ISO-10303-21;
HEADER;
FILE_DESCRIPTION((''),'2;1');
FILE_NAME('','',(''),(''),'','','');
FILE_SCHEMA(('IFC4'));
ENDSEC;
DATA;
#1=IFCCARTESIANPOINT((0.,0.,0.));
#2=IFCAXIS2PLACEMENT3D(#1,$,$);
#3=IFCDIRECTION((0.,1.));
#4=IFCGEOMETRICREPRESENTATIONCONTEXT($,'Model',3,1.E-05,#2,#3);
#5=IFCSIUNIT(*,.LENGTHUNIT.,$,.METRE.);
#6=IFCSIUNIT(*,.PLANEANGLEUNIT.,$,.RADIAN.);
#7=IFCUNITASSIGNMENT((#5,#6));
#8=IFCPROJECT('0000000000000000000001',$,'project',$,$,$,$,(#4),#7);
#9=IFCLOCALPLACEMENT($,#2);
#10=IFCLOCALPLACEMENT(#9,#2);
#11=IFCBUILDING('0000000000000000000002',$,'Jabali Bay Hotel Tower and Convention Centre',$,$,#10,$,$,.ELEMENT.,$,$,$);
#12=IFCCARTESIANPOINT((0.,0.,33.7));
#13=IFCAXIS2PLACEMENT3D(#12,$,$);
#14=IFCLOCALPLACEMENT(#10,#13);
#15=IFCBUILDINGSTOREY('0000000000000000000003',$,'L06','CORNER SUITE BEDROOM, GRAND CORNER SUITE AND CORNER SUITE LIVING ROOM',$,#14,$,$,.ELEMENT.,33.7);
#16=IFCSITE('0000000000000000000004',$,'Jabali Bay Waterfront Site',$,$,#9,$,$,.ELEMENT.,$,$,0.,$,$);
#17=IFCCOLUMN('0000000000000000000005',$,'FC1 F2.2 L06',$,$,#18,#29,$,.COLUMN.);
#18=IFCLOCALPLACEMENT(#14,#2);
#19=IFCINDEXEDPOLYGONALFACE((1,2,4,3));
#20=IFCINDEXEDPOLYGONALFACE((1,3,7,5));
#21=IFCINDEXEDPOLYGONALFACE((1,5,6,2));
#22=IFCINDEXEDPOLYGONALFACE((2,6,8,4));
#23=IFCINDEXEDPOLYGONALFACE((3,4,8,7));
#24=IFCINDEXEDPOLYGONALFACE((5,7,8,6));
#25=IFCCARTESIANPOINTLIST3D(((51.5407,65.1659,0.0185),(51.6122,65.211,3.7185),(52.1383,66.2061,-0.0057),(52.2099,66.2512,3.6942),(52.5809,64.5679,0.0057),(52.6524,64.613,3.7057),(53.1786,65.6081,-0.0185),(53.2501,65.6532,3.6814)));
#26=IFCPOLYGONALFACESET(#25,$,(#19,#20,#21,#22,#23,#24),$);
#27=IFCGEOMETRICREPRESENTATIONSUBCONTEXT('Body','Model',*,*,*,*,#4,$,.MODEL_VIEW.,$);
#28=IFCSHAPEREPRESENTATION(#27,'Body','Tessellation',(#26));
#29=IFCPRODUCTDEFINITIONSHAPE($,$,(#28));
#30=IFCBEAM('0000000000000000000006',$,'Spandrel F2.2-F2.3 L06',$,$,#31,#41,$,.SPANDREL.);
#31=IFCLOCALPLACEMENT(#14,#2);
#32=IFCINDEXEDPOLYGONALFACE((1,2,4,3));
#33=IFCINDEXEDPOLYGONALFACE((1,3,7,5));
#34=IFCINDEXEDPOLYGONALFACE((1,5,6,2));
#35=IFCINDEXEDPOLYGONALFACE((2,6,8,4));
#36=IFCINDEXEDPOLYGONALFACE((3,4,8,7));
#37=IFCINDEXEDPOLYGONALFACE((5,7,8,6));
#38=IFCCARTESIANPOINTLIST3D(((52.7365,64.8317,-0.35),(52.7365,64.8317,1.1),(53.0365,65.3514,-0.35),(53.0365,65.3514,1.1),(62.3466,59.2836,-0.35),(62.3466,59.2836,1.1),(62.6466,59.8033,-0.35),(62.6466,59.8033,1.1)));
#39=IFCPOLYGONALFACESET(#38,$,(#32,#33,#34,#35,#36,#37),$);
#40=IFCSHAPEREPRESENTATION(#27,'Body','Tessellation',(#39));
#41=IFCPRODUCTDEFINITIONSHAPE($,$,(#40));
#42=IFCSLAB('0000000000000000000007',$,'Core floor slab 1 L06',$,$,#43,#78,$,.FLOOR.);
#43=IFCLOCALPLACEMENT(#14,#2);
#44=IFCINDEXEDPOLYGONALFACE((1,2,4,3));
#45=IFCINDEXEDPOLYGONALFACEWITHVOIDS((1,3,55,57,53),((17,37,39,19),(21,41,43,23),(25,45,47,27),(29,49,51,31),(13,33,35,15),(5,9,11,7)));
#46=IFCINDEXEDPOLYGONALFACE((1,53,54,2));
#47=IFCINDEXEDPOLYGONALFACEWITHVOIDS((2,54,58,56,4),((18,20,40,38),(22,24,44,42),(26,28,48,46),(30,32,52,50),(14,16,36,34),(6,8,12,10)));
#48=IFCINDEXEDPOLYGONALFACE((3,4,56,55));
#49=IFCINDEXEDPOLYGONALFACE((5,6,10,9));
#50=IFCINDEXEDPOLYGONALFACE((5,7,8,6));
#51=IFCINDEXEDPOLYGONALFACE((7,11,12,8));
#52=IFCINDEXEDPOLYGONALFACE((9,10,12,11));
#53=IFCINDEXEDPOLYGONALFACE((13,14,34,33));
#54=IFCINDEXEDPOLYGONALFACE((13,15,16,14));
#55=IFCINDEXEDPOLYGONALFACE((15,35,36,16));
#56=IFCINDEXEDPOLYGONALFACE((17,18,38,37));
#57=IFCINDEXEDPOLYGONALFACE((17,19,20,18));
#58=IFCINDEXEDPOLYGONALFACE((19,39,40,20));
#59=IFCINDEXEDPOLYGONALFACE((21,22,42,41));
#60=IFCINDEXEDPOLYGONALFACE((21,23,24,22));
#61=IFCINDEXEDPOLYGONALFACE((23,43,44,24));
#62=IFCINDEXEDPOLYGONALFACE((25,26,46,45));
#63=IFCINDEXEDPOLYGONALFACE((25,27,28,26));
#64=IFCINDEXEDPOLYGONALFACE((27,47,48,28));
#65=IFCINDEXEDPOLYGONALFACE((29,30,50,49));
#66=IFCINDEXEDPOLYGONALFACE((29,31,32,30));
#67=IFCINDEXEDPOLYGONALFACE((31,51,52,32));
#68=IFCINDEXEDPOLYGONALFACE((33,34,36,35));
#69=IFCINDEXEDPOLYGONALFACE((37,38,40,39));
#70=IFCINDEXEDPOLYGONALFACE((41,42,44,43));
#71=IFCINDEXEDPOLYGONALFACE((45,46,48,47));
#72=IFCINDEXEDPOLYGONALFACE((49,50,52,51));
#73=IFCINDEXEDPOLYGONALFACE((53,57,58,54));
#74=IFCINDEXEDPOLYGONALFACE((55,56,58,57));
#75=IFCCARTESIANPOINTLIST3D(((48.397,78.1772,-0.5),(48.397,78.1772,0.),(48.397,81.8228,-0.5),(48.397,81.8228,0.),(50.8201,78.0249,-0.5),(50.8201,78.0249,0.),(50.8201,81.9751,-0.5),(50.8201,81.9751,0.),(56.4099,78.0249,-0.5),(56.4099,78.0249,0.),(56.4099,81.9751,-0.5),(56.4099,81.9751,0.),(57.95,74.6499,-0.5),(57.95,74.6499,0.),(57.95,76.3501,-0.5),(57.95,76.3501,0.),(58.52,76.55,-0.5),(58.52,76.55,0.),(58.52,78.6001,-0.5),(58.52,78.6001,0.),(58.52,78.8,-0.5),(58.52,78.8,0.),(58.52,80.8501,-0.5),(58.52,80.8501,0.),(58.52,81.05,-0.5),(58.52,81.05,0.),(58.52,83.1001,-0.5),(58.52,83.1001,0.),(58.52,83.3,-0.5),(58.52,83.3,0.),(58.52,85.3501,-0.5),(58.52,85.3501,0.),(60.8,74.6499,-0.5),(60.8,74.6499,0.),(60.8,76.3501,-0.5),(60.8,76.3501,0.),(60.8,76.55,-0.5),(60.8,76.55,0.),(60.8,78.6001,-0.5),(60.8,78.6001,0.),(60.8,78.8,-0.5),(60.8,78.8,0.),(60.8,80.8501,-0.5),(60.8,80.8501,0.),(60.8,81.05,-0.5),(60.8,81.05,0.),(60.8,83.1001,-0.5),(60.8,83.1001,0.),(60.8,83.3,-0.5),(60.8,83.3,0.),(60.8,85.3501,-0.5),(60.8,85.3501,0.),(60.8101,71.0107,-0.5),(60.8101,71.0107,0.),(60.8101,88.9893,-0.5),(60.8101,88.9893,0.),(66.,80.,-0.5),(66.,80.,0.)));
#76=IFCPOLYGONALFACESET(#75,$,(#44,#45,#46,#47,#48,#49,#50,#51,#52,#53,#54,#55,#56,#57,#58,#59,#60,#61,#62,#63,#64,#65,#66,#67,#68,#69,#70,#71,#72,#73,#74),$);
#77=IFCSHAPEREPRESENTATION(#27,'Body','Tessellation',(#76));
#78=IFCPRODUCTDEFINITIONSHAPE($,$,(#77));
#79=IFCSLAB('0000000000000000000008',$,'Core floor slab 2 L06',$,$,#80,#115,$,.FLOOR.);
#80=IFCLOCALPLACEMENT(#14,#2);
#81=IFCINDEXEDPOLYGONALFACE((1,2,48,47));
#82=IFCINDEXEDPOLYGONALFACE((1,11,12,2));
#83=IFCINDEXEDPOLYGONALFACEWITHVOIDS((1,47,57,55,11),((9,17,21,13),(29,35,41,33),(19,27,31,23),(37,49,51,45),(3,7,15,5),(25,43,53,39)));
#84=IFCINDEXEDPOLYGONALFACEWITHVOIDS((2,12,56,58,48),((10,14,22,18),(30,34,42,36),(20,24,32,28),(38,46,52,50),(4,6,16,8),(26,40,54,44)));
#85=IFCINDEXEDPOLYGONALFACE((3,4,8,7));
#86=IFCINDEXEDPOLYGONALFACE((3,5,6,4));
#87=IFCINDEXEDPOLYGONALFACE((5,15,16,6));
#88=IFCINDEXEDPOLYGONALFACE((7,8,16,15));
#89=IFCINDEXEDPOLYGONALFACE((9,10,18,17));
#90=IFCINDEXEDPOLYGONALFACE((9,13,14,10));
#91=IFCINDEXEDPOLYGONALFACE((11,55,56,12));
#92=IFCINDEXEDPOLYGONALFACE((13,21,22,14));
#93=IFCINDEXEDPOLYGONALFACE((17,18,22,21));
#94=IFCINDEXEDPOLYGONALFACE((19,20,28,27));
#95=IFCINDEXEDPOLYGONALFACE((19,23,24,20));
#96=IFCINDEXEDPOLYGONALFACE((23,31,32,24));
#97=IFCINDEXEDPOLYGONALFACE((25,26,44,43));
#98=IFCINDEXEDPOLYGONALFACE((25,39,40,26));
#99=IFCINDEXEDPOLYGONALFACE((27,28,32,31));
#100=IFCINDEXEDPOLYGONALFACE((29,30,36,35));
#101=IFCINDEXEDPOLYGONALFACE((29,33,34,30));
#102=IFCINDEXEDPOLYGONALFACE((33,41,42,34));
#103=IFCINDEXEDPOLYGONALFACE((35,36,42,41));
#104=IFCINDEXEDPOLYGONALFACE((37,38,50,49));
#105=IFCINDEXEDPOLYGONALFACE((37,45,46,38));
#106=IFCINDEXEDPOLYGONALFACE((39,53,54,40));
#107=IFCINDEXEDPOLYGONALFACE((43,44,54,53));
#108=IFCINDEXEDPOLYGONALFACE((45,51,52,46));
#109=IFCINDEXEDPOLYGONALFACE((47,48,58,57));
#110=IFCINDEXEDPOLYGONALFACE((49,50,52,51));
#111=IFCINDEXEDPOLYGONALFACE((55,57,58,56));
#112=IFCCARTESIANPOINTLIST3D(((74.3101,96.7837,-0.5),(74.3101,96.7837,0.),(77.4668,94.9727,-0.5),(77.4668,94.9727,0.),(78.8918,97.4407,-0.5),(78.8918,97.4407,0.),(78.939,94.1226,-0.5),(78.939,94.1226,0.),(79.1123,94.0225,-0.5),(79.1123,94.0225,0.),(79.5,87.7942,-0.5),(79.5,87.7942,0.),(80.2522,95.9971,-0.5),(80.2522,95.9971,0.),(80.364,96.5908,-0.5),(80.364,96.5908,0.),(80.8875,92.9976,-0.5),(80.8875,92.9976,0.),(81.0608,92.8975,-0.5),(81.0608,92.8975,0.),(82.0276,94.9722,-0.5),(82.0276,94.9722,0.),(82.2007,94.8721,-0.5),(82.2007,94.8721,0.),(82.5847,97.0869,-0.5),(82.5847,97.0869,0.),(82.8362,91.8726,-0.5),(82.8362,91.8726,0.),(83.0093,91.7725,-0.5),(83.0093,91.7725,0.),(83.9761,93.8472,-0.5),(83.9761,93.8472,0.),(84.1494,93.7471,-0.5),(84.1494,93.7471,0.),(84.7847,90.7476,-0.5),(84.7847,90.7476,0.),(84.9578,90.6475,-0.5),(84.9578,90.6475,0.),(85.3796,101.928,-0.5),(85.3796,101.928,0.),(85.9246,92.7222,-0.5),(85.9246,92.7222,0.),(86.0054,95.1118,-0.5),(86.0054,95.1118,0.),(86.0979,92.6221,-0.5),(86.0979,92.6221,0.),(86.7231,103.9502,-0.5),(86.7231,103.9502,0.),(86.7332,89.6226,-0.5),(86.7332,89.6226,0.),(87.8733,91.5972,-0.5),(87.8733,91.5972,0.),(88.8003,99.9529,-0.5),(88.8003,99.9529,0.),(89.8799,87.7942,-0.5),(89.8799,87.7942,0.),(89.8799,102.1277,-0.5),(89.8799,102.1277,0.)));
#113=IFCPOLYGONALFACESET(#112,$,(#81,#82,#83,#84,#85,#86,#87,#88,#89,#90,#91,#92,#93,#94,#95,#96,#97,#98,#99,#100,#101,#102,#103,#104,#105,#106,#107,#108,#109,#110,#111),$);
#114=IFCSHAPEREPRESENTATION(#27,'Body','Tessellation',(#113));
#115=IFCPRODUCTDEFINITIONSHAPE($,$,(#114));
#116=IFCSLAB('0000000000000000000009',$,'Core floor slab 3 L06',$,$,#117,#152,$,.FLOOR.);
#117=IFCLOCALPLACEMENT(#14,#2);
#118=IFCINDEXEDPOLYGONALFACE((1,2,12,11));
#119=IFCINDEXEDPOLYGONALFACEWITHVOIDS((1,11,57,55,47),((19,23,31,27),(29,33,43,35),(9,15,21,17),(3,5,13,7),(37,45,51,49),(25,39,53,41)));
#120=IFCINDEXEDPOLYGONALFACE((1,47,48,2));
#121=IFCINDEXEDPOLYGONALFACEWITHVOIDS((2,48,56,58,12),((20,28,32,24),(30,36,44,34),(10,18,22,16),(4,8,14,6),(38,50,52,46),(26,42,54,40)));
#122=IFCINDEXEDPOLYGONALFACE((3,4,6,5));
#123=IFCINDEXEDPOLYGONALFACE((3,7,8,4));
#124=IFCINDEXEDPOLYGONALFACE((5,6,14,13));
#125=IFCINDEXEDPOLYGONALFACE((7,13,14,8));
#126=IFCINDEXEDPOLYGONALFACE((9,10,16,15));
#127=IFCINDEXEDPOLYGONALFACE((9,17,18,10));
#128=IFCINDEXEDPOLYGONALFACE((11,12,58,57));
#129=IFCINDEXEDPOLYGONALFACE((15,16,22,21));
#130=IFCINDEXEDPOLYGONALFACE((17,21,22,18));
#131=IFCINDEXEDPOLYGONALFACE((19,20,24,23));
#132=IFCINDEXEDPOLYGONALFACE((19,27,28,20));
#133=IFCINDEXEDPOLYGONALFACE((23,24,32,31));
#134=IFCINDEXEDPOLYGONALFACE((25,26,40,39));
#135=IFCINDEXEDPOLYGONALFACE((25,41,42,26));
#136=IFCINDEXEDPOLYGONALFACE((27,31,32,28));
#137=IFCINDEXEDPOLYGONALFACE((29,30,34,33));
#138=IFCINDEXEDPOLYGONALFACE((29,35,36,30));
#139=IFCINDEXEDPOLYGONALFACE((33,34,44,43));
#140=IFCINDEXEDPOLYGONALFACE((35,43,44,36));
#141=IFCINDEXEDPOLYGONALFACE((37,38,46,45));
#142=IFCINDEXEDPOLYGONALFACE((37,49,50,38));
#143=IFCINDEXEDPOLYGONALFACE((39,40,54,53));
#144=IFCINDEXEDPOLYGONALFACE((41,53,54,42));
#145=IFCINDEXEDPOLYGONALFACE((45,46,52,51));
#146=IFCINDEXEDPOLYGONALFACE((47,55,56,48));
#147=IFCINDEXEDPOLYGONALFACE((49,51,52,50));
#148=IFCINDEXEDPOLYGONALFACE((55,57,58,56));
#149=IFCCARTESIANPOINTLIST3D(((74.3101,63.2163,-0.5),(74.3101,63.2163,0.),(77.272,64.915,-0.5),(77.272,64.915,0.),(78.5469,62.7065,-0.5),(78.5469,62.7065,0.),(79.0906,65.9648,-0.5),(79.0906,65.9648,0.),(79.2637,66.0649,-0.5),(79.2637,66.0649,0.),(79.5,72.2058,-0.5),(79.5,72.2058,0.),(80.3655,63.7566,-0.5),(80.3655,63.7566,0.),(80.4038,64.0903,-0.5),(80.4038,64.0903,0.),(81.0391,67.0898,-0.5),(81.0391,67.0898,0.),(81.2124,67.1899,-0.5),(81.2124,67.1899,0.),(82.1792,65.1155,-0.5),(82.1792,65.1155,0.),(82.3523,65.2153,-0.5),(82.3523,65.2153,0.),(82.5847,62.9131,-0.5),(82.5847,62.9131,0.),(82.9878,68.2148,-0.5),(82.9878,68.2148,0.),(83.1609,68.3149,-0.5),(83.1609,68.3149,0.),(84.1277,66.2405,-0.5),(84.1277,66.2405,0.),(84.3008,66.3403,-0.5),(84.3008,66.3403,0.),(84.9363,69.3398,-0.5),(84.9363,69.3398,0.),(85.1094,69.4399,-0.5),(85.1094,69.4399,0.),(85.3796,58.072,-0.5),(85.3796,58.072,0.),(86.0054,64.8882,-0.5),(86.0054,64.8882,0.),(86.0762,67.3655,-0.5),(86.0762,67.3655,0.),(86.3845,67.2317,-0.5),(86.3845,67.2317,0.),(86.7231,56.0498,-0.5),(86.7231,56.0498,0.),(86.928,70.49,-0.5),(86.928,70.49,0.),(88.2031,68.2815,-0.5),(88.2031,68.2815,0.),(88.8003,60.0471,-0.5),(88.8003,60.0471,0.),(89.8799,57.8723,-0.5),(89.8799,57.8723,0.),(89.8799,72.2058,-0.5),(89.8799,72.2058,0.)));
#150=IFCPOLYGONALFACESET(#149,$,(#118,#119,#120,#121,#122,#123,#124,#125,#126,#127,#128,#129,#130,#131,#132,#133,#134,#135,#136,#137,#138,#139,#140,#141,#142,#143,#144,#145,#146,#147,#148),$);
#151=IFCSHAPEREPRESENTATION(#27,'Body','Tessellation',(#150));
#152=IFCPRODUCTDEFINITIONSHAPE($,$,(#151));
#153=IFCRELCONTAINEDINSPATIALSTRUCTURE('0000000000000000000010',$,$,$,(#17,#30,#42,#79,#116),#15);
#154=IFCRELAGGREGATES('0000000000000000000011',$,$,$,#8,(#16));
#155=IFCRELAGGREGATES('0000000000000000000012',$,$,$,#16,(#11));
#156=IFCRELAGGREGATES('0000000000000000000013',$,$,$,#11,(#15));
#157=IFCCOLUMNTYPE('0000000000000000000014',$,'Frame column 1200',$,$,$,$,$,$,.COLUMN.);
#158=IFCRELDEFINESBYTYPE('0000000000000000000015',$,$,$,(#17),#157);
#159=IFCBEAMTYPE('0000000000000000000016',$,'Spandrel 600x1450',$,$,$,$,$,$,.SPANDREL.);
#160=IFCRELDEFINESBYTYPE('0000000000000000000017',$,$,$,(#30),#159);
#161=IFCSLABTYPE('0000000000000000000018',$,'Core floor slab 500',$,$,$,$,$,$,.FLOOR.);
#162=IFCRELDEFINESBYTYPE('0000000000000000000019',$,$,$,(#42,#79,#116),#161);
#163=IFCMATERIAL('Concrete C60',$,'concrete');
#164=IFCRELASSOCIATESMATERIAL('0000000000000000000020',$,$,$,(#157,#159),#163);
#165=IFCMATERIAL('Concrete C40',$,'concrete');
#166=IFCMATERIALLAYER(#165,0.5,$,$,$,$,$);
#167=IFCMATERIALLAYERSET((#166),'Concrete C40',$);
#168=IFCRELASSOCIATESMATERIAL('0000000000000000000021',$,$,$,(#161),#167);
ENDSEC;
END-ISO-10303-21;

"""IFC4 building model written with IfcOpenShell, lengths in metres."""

from ifc_helpers import new_model, si_unit, direction, frame, origin, origin_2d, place, context, subcontext, project, spatial, polyline, rectangle, outline, extrude, material, layer, layer_set, material_profile, profile_set, type_object, element, save


model = new_model("IFC4")

# Units and contexts
model_context = context("Model", 3, precision=1e-05, world=origin(), true_north=direction((0.0, 1.0)))
body_context = subcontext(model_context, "Body", "Model", "MODEL_VIEW")
ifc_project = project(units=[si_unit("LENGTHUNIT", "METRE"), si_unit("PLANEANGLEUNIT", "RADIAN")], contexts=[model_context])

# Site, building, storey
site_placement = place(None, origin())
site = spatial("IfcSite", under=ifc_project, at=site_placement, Name="Jabali Bay Waterfront Site", CompositionType="ELEMENT", RefElevation=0.0)
building_placement = place(site_placement, origin())
building = spatial("IfcBuilding", under=site, at=building_placement, Name="Jabali Bay Hotel Tower and Convention Centre", CompositionType="ELEMENT")
storey_placement = place(building_placement, frame((0.0, 0.0, 33.7)))
storey = spatial("IfcBuildingStorey", under=building, at=storey_placement, Name="L06", Description="CORNER SUITE BEDROOM, GRAND CORNER SUITE AND CORNER SUITE LIVING ROOM", CompositionType="ELEMENT", Elevation=33.7)

# Column
ifc_material_1 = material(Name="Concrete C60", Category="concrete")
ifc_material_profile_1 = material_profile(ifc_material_1, rectangle(XDim=1.2, YDim=1.2, at=origin_2d()), Name="Frame column 1200")
ifc_profile_set_1 = profile_set([ifc_material_profile_1], Name="Concrete C60")
column_type = type_object("IfcColumnType", Name="Frame column 1200", PredefinedType="COLUMN", material=ifc_profile_set_1)
column_placement = place(storey_placement, frame((52.3596, 65.387, 0.0), z_axis=(0.019329, 0.012204, 0.999739), x_axis=(-0.866906, 0.498357, 0.010677)))
element("IfcColumn", 1, at=column_placement, inside=storey, type_object=column_type, Name="FC1 F2.2 L06", PredefinedType="COLUMN", context=body_context, shape_type="SweptSolid", body=[
    extrude(rectangle(XDim=1.2, YDim=1.2, at=origin_2d()), origin(), (0.0, 0.0, 1.0), 3.7009),
])

# Beam
ifc_material_profile_2 = material_profile(ifc_material_1, rectangle(XDim=0.6001, YDim=1.45, at=origin_2d()), Name="Spandrel 600x1450")
ifc_profile_set_2 = profile_set([ifc_material_profile_2], Name="Concrete C60")
beam_type = type_object("IfcBeamType", Name="Spandrel 600x1450", PredefinedType="SPANDREL", material=ifc_profile_set_2)
beam_placement = place(storey_placement, frame((52.8865, 65.0916, 0.375), z_axis=(0.866037, -0.49998, 0.0), x_axis=(0.49998, 0.866037, 0.0)))
element("IfcBeam", 2, at=beam_placement, inside=storey, type_object=beam_type, Name="Spandrel F2.2-F2.3 L06", PredefinedType="SPANDREL", context=body_context, shape_type="SweptSolid", body=[
    extrude(rectangle(XDim=0.6001, YDim=1.45, at=origin_2d()), origin(), (0.0, 0.0, 1.0), 11.0967),
])

# Slabs
ifc_material_2 = material(Name="Concrete C40", Category="concrete")
ifc_layer_1 = layer(ifc_material_2, 0.5)
ifc_layer_set_1 = layer_set([ifc_layer_1], Name="Concrete C40")
slab_type_1 = type_object("IfcSlabType", Name="Core floor slab 500", PredefinedType="FLOOR", material=ifc_layer_set_1)
slab_1_placement = place(storey_placement, frame((0.0, 0.0, -0.5)))
element("IfcSlab", 3, at=slab_1_placement, inside=storey, type_object=slab_type_1, Name="Core floor slab 1 L06", PredefinedType="FLOOR", context=body_context, shape_type="SweptSolid", body=[
    extrude(outline(polyline([(66.0, 80.0), (60.8101, 88.9893), (48.397, 81.8228), (48.397, 78.1772), (60.8101, 71.0107), (66.0, 80.0)]), holes=[polyline([(60.8, 74.6499), (60.8, 76.3501), (57.95, 76.3501), (57.95, 74.6499), (60.8, 74.6499)]), polyline([(58.52, 76.55), (60.8, 76.55), (60.8, 78.6001), (58.52, 78.6001), (58.52, 76.55)]), polyline([(58.52, 78.8), (60.8, 78.8), (60.8, 80.8501), (58.52, 80.8501), (58.52, 78.8)]), polyline([(56.4099, 81.9751), (50.8201, 81.9751), (50.8201, 78.0249), (56.4099, 78.0249), (56.4099, 81.9751)]), polyline([(58.52, 81.05), (60.8, 81.05), (60.8, 83.1001), (58.52, 83.1001), (58.52, 81.05)]), polyline([(58.52, 83.3), (60.8, 83.3), (60.8, 85.3501), (58.52, 85.3501), (58.52, 83.3)])]), origin(), (0.0, 0.0, 1.0), 0.5),
])
slab_2_placement = place(storey_placement, frame((0.0, 0.0, -0.5)))
element("IfcSlab", 4, at=slab_2_placement, inside=storey, type_object=slab_type_1, Name="Core floor slab 2 L06", PredefinedType="FLOOR", context=body_context, shape_type="SweptSolid", body=[
    extrude(outline(polyline([(79.5, 87.7942), (89.8799, 87.7942), (89.8799, 102.1277), (86.7231, 103.9502), (74.3101, 96.7837), (79.5, 87.7942)]), holes=[polyline([(84.9578, 90.6475), (86.7332, 89.6226), (87.8733, 91.5972), (86.0979, 92.6221), (84.9578, 90.6475)]), polyline([(84.1494, 93.7471), (83.0093, 91.7725), (84.7847, 90.7476), (85.9246, 92.7222), (84.1494, 93.7471)]), polyline([(82.2007, 94.8721), (81.0608, 92.8975), (82.8362, 91.8726), (83.9761, 93.8472), (82.2007, 94.8721)]), polyline([(79.1123, 94.0225), (80.8875, 92.9976), (82.0276, 94.9722), (80.2522, 95.9971), (79.1123, 94.0225)]), polyline([(78.8918, 97.4407), (77.4668, 94.9727), (78.939, 94.1226), (80.364, 96.5908), (78.8918, 97.4407)]), polyline([(82.5847, 97.0869), (86.0054, 95.1118), (88.8003, 99.9529), (85.3796, 101.928), (82.5847, 97.0869)])]), origin(), (0.0, 0.0, 1.0), 0.5),
])
slab_3_placement = place(storey_placement, frame((0.0, 0.0, -0.5)))
element("IfcSlab", 5, at=slab_3_placement, inside=storey, type_object=slab_type_1, Name="Core floor slab 3 L06", PredefinedType="FLOOR", context=body_context, shape_type="SweptSolid", body=[
    extrude(outline(polyline([(79.5, 72.2058), (74.3101, 63.2163), (86.7231, 56.0498), (89.8799, 57.8723), (89.8799, 72.2058), (79.5, 72.2058)]), holes=[polyline([(82.5847, 62.9131), (85.3796, 58.072), (88.8003, 60.0471), (86.0054, 64.8882), (82.5847, 62.9131)]), polyline([(80.3655, 63.7566), (79.0906, 65.9648), (77.272, 64.915), (78.5469, 62.7065), (80.3655, 63.7566)]), polyline([(82.1792, 65.1155), (81.0391, 67.0898), (79.2637, 66.0649), (80.4038, 64.0903), (82.1792, 65.1155)]), polyline([(82.9878, 68.2148), (81.2124, 67.1899), (82.3523, 65.2153), (84.1277, 66.2405), (82.9878, 68.2148)]), polyline([(86.0762, 67.3655), (84.9363, 69.3398), (83.1609, 68.3149), (84.3008, 66.3403), (86.0762, 67.3655)]), polyline([(88.2031, 68.2815), (86.928, 70.49), (85.1094, 69.4399), (86.3845, 67.2317), (88.2031, 68.2815)])]), origin(), (0.0, 0.0, 1.0), 0.5),
])

save(model, "model.ifc")
